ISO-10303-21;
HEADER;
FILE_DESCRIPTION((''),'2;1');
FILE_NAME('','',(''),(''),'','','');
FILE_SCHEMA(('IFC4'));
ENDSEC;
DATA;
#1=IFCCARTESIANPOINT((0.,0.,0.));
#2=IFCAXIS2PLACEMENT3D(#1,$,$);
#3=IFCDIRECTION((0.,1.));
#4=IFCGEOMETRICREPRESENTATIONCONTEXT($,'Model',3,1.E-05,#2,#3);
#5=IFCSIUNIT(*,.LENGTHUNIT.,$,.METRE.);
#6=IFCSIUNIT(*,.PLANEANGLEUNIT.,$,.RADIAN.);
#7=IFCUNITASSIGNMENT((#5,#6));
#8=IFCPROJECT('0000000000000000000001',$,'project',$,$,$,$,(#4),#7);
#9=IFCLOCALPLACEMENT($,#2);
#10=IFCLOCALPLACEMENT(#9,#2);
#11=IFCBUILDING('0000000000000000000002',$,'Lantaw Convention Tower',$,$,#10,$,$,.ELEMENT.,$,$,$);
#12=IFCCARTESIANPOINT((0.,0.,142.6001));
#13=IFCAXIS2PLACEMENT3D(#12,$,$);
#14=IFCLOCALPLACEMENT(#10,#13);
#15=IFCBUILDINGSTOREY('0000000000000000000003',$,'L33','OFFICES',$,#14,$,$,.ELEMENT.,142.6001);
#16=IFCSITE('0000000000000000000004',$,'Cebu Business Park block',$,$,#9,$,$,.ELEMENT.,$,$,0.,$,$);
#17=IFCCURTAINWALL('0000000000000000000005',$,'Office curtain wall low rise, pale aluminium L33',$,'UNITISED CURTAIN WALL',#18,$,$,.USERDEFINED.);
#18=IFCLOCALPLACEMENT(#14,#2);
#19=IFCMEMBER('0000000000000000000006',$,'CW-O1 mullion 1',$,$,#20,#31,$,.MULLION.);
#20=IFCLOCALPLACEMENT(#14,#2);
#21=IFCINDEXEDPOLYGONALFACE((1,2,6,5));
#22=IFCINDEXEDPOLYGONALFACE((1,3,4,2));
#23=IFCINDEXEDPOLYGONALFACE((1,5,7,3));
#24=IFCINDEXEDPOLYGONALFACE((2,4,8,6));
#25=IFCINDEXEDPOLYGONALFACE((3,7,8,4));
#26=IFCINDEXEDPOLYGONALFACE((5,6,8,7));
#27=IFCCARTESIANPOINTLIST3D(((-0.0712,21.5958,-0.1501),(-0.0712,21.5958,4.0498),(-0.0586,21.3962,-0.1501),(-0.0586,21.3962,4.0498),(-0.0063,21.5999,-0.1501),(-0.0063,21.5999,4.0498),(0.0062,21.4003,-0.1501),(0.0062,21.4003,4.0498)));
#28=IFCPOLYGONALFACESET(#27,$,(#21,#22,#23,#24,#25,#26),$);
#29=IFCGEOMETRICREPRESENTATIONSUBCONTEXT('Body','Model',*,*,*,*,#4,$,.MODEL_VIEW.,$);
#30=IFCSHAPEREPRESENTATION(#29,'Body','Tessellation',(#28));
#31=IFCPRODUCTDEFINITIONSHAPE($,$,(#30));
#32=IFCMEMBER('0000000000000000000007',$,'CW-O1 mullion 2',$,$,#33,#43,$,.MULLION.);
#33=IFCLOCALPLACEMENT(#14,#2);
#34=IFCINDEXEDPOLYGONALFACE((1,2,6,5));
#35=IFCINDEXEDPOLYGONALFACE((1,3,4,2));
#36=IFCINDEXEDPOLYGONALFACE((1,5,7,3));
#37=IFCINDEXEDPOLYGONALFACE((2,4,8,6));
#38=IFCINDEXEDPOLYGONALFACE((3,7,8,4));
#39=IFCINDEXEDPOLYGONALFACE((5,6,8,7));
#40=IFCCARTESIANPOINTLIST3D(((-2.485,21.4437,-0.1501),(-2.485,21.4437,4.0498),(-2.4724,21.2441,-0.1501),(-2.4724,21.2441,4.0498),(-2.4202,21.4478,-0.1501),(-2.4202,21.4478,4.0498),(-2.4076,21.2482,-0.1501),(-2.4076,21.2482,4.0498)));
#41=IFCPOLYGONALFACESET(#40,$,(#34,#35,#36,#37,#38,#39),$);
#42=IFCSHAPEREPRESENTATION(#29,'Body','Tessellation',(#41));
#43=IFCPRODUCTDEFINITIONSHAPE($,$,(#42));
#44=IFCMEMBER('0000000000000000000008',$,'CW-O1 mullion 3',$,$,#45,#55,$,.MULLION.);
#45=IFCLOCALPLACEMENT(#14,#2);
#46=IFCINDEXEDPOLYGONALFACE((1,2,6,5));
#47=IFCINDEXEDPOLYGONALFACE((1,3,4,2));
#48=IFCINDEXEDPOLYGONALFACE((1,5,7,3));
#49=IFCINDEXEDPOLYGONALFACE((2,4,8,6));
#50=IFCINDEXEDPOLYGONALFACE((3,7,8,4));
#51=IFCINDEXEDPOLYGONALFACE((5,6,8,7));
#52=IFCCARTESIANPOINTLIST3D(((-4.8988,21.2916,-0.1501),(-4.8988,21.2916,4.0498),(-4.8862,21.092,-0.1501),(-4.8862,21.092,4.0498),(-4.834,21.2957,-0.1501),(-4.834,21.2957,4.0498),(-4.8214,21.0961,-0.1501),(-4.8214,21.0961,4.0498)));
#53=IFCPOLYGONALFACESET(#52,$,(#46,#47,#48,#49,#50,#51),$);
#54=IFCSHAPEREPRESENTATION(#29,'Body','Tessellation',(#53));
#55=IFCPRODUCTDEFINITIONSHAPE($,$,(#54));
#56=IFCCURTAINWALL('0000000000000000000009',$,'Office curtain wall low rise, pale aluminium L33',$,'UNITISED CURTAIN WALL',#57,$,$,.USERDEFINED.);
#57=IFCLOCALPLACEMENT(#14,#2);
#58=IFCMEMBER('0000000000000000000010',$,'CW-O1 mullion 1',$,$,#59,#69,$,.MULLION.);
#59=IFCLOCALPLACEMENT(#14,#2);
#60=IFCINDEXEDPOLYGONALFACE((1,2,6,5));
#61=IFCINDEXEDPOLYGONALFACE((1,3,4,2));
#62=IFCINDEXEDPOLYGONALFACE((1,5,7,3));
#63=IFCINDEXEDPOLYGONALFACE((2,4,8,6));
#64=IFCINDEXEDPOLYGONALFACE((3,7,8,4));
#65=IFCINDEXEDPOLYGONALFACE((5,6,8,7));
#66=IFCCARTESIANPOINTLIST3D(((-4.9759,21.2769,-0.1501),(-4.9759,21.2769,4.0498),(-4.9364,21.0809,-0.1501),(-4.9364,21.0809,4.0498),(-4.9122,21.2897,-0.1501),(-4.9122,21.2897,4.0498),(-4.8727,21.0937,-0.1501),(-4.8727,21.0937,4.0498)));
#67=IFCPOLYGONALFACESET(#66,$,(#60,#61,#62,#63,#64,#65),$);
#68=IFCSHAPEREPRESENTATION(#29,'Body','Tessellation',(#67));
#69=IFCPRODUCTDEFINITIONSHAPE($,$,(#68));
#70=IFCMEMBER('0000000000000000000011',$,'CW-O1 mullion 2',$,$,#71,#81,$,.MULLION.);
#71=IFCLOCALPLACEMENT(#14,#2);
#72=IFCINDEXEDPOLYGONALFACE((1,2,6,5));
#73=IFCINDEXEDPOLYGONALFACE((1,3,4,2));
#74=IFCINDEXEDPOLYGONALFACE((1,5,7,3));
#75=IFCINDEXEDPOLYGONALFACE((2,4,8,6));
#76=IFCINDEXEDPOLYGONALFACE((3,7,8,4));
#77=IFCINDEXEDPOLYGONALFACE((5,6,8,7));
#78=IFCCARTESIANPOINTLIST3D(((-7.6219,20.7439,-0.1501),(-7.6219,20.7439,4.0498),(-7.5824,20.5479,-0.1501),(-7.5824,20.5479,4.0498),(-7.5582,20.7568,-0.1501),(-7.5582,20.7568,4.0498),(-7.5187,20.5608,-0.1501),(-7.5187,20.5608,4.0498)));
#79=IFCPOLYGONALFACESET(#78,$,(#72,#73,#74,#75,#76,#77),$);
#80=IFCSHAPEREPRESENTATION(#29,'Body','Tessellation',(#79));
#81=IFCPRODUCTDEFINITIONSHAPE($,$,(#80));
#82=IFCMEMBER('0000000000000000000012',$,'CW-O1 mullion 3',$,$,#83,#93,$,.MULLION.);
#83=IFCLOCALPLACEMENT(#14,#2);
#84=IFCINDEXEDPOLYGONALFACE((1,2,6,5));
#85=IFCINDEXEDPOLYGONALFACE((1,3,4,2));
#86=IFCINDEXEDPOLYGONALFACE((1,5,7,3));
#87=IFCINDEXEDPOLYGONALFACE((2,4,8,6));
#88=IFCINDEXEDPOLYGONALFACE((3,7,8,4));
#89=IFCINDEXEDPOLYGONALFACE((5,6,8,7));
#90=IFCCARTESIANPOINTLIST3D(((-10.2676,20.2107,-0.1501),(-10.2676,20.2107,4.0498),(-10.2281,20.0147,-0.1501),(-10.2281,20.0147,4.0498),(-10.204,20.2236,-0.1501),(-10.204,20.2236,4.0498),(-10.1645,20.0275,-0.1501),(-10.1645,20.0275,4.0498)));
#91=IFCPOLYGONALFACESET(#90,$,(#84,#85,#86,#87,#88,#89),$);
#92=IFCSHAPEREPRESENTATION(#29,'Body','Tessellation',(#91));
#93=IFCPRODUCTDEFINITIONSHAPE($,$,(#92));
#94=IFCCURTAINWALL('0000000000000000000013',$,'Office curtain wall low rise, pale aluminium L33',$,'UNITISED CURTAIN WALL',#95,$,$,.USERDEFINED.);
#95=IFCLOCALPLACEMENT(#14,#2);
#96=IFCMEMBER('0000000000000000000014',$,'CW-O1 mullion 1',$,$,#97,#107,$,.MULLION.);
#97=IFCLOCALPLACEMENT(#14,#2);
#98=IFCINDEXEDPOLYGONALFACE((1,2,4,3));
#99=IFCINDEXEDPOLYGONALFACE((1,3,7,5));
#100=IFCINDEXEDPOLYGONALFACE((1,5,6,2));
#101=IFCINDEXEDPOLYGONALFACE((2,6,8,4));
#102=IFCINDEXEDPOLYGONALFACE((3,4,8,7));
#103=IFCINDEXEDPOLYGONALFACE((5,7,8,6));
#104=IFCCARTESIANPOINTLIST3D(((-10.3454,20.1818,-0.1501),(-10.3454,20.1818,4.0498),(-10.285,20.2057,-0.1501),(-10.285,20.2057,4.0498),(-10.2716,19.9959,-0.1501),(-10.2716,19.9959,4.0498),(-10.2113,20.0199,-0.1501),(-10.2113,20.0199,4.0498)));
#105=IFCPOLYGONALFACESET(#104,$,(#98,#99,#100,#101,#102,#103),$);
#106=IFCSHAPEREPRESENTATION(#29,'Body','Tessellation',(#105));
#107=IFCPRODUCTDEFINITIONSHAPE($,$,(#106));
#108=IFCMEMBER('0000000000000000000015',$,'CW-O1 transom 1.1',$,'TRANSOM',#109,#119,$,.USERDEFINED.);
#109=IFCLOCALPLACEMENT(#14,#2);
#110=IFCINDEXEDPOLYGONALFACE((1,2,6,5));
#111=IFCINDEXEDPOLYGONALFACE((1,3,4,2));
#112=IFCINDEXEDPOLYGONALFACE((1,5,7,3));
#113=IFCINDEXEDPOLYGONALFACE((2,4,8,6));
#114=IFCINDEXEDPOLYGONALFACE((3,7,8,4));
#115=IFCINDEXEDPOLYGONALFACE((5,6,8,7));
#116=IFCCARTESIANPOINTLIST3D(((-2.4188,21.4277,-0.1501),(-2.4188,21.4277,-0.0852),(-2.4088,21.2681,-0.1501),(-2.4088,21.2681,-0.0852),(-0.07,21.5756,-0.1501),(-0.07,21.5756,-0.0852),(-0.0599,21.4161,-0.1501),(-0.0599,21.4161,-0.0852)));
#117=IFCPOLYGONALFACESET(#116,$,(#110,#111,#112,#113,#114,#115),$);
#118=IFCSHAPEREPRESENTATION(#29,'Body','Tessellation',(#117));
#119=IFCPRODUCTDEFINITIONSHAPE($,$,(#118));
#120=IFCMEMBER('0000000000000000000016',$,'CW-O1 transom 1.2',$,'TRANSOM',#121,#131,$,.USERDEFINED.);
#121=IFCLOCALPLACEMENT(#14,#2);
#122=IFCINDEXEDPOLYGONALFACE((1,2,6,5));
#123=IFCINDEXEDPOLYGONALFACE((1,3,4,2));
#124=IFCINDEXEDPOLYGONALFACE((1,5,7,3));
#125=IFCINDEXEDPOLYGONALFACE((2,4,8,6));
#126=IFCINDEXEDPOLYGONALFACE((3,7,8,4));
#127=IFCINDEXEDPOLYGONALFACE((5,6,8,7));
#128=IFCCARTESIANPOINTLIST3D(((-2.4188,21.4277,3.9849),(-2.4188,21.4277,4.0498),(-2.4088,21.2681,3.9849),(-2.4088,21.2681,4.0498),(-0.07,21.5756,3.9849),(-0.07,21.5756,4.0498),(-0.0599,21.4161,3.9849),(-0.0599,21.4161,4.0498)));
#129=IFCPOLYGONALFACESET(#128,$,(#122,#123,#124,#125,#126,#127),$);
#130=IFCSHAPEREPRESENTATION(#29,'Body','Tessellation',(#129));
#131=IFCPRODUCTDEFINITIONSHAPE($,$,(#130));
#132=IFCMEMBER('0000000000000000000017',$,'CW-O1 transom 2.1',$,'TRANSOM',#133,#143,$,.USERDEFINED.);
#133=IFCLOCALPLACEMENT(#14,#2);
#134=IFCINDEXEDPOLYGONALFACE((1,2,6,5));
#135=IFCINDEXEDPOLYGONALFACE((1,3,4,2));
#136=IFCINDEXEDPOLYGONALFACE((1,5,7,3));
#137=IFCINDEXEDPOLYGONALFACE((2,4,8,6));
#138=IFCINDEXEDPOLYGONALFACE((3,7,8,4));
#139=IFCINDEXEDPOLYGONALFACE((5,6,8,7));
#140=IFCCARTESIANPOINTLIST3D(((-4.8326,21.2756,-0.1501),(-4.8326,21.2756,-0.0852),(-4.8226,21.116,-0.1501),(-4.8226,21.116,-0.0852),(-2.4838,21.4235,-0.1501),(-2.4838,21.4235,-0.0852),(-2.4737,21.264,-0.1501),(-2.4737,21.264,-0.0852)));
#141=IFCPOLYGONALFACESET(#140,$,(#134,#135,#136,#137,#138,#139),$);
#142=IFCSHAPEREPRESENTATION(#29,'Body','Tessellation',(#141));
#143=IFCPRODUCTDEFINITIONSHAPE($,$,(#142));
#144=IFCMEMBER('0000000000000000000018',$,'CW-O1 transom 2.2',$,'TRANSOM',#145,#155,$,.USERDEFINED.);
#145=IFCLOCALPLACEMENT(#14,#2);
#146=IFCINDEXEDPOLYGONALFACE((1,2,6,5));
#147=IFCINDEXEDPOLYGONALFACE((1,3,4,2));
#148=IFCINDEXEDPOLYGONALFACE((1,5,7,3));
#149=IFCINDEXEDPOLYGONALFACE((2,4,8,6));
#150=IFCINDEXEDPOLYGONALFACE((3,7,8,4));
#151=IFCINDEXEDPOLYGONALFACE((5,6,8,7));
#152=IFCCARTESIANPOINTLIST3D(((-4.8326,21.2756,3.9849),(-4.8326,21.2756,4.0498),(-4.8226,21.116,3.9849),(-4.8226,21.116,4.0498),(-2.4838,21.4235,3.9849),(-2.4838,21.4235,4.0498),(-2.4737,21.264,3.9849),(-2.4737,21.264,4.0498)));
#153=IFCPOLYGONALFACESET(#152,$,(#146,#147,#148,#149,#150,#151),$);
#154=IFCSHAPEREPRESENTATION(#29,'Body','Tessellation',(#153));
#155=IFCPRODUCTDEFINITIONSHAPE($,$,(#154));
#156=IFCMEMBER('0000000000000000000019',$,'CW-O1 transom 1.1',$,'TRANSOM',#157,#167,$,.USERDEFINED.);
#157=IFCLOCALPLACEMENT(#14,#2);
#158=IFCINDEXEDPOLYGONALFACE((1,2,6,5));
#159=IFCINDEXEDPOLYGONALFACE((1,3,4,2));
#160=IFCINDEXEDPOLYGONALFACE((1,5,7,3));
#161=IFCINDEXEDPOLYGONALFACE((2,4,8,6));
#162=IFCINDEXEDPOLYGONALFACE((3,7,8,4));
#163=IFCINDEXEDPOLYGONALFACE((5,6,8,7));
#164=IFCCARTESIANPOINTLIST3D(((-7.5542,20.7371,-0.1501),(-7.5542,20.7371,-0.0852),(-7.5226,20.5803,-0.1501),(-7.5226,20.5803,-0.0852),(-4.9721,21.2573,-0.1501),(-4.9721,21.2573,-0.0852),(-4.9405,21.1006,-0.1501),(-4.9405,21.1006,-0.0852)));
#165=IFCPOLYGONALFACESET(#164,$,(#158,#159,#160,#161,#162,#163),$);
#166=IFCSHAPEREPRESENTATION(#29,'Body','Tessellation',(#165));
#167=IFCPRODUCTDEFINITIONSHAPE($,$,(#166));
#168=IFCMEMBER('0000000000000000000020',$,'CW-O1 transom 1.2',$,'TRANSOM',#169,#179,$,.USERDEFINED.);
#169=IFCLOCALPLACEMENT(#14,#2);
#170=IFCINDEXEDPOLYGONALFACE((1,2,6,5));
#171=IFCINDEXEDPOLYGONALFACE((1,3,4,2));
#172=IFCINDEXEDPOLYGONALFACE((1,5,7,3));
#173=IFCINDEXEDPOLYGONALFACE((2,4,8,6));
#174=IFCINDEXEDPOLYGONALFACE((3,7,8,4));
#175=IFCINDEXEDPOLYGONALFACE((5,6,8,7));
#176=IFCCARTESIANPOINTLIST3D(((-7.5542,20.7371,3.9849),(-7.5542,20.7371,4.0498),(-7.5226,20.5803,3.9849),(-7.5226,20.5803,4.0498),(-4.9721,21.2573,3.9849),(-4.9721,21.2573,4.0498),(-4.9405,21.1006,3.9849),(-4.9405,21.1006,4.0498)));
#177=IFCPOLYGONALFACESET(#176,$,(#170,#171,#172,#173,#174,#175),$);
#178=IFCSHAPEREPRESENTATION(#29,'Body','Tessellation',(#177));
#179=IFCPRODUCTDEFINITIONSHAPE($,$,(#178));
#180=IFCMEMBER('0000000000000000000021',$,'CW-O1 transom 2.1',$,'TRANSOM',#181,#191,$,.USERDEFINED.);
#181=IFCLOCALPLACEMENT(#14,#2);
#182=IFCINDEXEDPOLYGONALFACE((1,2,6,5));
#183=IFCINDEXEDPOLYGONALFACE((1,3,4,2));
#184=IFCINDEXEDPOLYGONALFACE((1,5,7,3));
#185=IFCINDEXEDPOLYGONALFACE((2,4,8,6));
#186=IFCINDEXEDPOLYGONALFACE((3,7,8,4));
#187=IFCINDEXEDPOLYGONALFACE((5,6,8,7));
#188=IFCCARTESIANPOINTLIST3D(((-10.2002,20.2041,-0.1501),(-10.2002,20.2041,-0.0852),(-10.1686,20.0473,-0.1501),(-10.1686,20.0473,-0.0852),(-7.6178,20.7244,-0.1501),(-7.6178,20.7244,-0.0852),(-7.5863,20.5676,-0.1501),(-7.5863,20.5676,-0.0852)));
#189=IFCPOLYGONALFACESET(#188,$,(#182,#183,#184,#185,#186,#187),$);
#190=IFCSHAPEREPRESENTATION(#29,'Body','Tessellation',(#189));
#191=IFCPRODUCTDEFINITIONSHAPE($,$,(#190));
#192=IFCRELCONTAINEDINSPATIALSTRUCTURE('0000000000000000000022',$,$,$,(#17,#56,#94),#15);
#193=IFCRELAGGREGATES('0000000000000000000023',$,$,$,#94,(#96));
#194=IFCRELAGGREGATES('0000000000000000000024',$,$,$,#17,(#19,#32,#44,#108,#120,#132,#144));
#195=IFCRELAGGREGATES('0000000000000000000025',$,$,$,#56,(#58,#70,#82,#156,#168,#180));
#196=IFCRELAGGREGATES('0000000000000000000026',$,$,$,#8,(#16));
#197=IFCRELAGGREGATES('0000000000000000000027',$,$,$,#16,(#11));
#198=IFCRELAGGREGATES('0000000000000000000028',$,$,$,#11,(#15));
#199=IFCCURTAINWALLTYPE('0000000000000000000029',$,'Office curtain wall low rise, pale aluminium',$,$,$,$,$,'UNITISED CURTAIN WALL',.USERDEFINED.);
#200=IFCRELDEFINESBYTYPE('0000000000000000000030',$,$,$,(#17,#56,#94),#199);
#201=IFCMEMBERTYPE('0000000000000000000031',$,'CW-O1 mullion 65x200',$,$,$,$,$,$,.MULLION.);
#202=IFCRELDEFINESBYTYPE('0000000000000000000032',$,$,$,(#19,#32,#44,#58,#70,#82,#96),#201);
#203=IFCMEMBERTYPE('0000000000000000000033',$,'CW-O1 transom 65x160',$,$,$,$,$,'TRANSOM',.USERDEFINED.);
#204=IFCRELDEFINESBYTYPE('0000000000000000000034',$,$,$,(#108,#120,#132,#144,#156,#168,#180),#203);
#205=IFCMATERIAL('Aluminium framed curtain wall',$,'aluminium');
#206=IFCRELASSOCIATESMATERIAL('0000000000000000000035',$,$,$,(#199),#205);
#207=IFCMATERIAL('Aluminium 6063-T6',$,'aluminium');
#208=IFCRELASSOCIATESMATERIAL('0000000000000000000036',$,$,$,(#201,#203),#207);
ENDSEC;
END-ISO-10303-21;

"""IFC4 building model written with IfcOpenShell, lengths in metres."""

from ifc_helpers import new_model, si_unit, direction, frame, origin, origin_2d, place, context, subcontext, project, spatial, rectangle, extrude, material, material_profile, profile_set, type_object, element, aggregate, save


model = new_model("IFC4")

# Units and contexts
model_context = context("Model", 3, precision=1e-05, world=origin(), true_north=direction((0.0, 1.0)))
body_context = subcontext(model_context, "Body", "Model", "MODEL_VIEW")
ifc_project = project(units=[si_unit("LENGTHUNIT", "METRE"), si_unit("PLANEANGLEUNIT", "RADIAN")], contexts=[model_context])

# Site, building, storey
site_placement = place(None, origin())
site = spatial("IfcSite", under=ifc_project, at=site_placement, Name="Cebu Business Park block", CompositionType="ELEMENT", RefElevation=0.0)
building_placement = place(site_placement, origin())
building = spatial("IfcBuilding", under=site, at=building_placement, Name="Lantaw Convention Tower", CompositionType="ELEMENT")
storey_placement = place(building_placement, frame((0.0, 0.0, 142.6001)))
storey = spatial("IfcBuildingStorey", under=building, at=storey_placement, Name="L33", Description="OFFICES", CompositionType="ELEMENT", Elevation=142.6001)

# Curtain walls, members
ifc_material_1 = material(Name="Aluminium framed curtain wall", Category="aluminium")
curtain_wall_type = type_object("IfcCurtainWallType", Name="Office curtain wall low rise, pale aluminium", ElementType="UNITISED CURTAIN WALL", PredefinedType="USERDEFINED", material=ifc_material_1)
curtain_wall_1_placement = place(storey_placement, origin())
curtain_wall_1 = element("IfcCurtainWall", 1, at=curtain_wall_1_placement, inside=storey, type_object=curtain_wall_type, Name="Office curtain wall low rise, pale aluminium L33", ObjectType="UNITISED CURTAIN WALL", PredefinedType="USERDEFINED")
ifc_material_2 = material(Name="Aluminium 6063-T6", Category="aluminium")
ifc_material_profile_1 = material_profile(ifc_material_2, rectangle(XDim=0.2, YDim=0.0649, at=origin_2d()), Name="CW-O1 mullion 65x200")
ifc_profile_set_1 = profile_set([ifc_material_profile_1], Name="Aluminium 6063-T6")
member_type_1 = type_object("IfcMemberType", Name="CW-O1 mullion 65x200", PredefinedType="MULLION", material=ifc_profile_set_1)
member_1_placement = place(storey_placement, frame((-0.0325, 21.498, -0.1501), z_axis=(0.0, 0.0, 1.0), x_axis=(0.062865, -0.998022, 0.0)))
member_1 = element("IfcMember", 2, at=member_1_placement, type_object=member_type_1, Name="CW-O1 mullion 1", PredefinedType="MULLION", context=body_context, shape_type="SweptSolid", body=[
    extrude(rectangle(XDim=0.2, YDim=0.0649, at=origin_2d()), origin(), (0.0, 0.0, 1.0), 4.2),
])
member_2_placement = place(storey_placement, frame((-2.4463, 21.3459, -0.1501), z_axis=(0.0, 0.0, 1.0), x_axis=(0.062865, -0.998022, 0.0)))
member_2 = element("IfcMember", 3, at=member_2_placement, type_object=member_type_1, Name="CW-O1 mullion 2", PredefinedType="MULLION", context=body_context, shape_type="SweptSolid", body=[
    extrude(rectangle(XDim=0.2, YDim=0.0649, at=origin_2d()), origin(), (0.0, 0.0, 1.0), 4.2),
])
member_3_placement = place(storey_placement, frame((-4.8601, 21.1938, -0.1501), z_axis=(0.0, 0.0, 1.0), x_axis=(0.062865, -0.998022, 0.0)))
member_3 = element("IfcMember", 4, at=member_3_placement, type_object=member_type_1, Name="CW-O1 mullion 3", PredefinedType="MULLION", context=body_context, shape_type="SweptSolid", body=[
    extrude(rectangle(XDim=0.2, YDim=0.0649, at=origin_2d()), origin(), (0.0, 0.0, 1.0), 4.2),
])
curtain_wall_2_placement = place(storey_placement, origin())
curtain_wall_2 = element("IfcCurtainWall", 5, at=curtain_wall_2_placement, inside=storey, type_object=curtain_wall_type, Name="Office curtain wall low rise, pale aluminium L33", ObjectType="UNITISED CURTAIN WALL", PredefinedType="USERDEFINED")
member_4_placement = place(storey_placement, frame((-4.9243, 21.1853, -0.1501), z_axis=(0.0, 0.0, 1.0), x_axis=(0.197507, -0.980302, 0.0)))
member_4 = element("IfcMember", 6, at=member_4_placement, type_object=member_type_1, Name="CW-O1 mullion 1", PredefinedType="MULLION", context=body_context, shape_type="SweptSolid", body=[
    extrude(rectangle(XDim=0.2, YDim=0.0649, at=origin_2d()), origin(), (0.0, 0.0, 1.0), 4.2),
])
member_5_placement = place(storey_placement, frame((-7.5703, 20.6523, -0.1501), z_axis=(0.0, 0.0, 1.0), x_axis=(0.197507, -0.980302, 0.0)))
member_5 = element("IfcMember", 7, at=member_5_placement, type_object=member_type_1, Name="CW-O1 mullion 2", PredefinedType="MULLION", context=body_context, shape_type="SweptSolid", body=[
    extrude(rectangle(XDim=0.2, YDim=0.0649, at=origin_2d()), origin(), (0.0, 0.0, 1.0), 4.2),
])
member_6_placement = place(storey_placement, frame((-10.2161, 20.1191, -0.1501), z_axis=(0.0, 0.0, 1.0), x_axis=(0.197507, -0.980302, 0.0)))
member_6 = element("IfcMember", 8, at=member_6_placement, type_object=member_type_1, Name="CW-O1 mullion 3", PredefinedType="MULLION", context=body_context, shape_type="SweptSolid", body=[
    extrude(rectangle(XDim=0.2, YDim=0.0649, at=origin_2d()), origin(), (0.0, 0.0, 1.0), 4.2),
])

# Curtain wall, member
curtain_wall_3_placement = place(storey_placement, origin())
curtain_wall_3 = element("IfcCurtainWall", 9, at=curtain_wall_3_placement, inside=storey, type_object=curtain_wall_type, Name="Office curtain wall low rise, pale aluminium L33", ObjectType="UNITISED CURTAIN WALL", PredefinedType="USERDEFINED")
member_7_placement = place(storey_placement, frame((-10.2783, 20.1008, -0.1501), z_axis=(0.0, 0.0, 1.0), x_axis=(0.368702, -0.929548, 0.0)))
member_7 = element("IfcMember", 10, at=member_7_placement, type_object=member_type_1, Name="CW-O1 mullion 1", PredefinedType="MULLION", context=body_context, shape_type="SweptSolid", body=[
    extrude(rectangle(XDim=0.2, YDim=0.0649, at=origin_2d()), origin(), (0.0, 0.0, 1.0), 4.2),
])

# Members
ifc_material_profile_2 = material_profile(ifc_material_2, rectangle(XDim=0.1599, YDim=0.0649, at=origin_2d()), Name="CW-O1 transom 65x160")
ifc_profile_set_2 = profile_set([ifc_material_profile_2], Name="Aluminium 6063-T6")
member_type_2 = type_object("IfcMemberType", Name="CW-O1 transom 65x160", ElementType="TRANSOM", PredefinedType="USERDEFINED", material=ifc_profile_set_2)
member_8_placement = place(storey_placement, frame((-0.0649, 21.4958, -0.1177), z_axis=(-0.998022, -0.062863, 0.0), x_axis=(0.062863, -0.998022, 0.0)))
member_8 = element("IfcMember", 11, at=member_8_placement, type_object=member_type_2, Name="CW-O1 transom 1.1", ObjectType="TRANSOM", PredefinedType="USERDEFINED", context=body_context, shape_type="SweptSolid", body=[
    extrude(rectangle(XDim=0.1599, YDim=0.0649, at=origin_2d()), origin(), (0.0, 0.0, 1.0), 2.3535),
])
member_9_placement = place(storey_placement, frame((-0.0649, 21.4958, 4.0173), z_axis=(-0.998022, -0.062863, 0.0), x_axis=(0.062863, -0.998022, 0.0)))
member_9 = element("IfcMember", 12, at=member_9_placement, type_object=member_type_2, Name="CW-O1 transom 1.2", ObjectType="TRANSOM", PredefinedType="USERDEFINED", context=body_context, shape_type="SweptSolid", body=[
    extrude(rectangle(XDim=0.1599, YDim=0.0649, at=origin_2d()), origin(), (0.0, 0.0, 1.0), 2.3535),
])
member_10_placement = place(storey_placement, frame((-2.4788, 21.3438, -0.1177), z_axis=(-0.998022, -0.062863, 0.0), x_axis=(0.062863, -0.998022, 0.0)))
member_10 = element("IfcMember", 13, at=member_10_placement, type_object=member_type_2, Name="CW-O1 transom 2.1", ObjectType="TRANSOM", PredefinedType="USERDEFINED", context=body_context, shape_type="SweptSolid", body=[
    extrude(rectangle(XDim=0.1599, YDim=0.0649, at=origin_2d()), origin(), (0.0, 0.0, 1.0), 2.3535),
])
member_11_placement = place(storey_placement, frame((-2.4788, 21.3438, 4.0173), z_axis=(-0.998022, -0.062863, 0.0), x_axis=(0.062863, -0.998022, 0.0)))
member_11 = element("IfcMember", 14, at=member_11_placement, type_object=member_type_2, Name="CW-O1 transom 2.2", ObjectType="TRANSOM", PredefinedType="USERDEFINED", context=body_context, shape_type="SweptSolid", body=[
    extrude(rectangle(XDim=0.1599, YDim=0.0649, at=origin_2d()), origin(), (0.0, 0.0, 1.0), 2.3535),
])
member_12_placement = place(storey_placement, frame((-4.9563, 21.179, -0.1177), z_axis=(-0.980298, -0.197524, 0.0), x_axis=(0.197524, -0.980298, 0.0)))
member_12 = element("IfcMember", 15, at=member_12_placement, type_object=member_type_2, Name="CW-O1 transom 1.1", ObjectType="TRANSOM", PredefinedType="USERDEFINED", context=body_context, shape_type="SweptSolid", body=[
    extrude(rectangle(XDim=0.1599, YDim=0.0649, at=origin_2d()), origin(), (0.0, 0.0, 1.0), 2.634),
])
member_13_placement = place(storey_placement, frame((-4.9563, 21.179, 4.0173), z_axis=(-0.980298, -0.197524, 0.0), x_axis=(0.197524, -0.980298, 0.0)))
member_13 = element("IfcMember", 16, at=member_13_placement, type_object=member_type_2, Name="CW-O1 transom 1.2", ObjectType="TRANSOM", PredefinedType="USERDEFINED", context=body_context, shape_type="SweptSolid", body=[
    extrude(rectangle(XDim=0.1599, YDim=0.0649, at=origin_2d()), origin(), (0.0, 0.0, 1.0), 2.634),
])
member_14_placement = place(storey_placement, frame((-7.6021, 20.646, -0.1177), z_axis=(-0.980302, -0.197506, 0.0), x_axis=(0.197506, -0.980302, 0.0)))
member_14 = element("IfcMember", 17, at=member_14_placement, type_object=member_type_2, Name="CW-O1 transom 2.1", ObjectType="TRANSOM", PredefinedType="USERDEFINED", context=body_context, shape_type="SweptSolid", body=[
    extrude(rectangle(XDim=0.1599, YDim=0.0649, at=origin_2d()), origin(), (0.0, 0.0, 1.0), 2.6343),
])
aggregate(curtain_wall_3, [member_7])

aggregate(curtain_wall_1, [member_1, member_2, member_3, member_8, member_9, member_10, member_11])
aggregate(curtain_wall_2, [member_4, member_5, member_6, member_12, member_13, member_14])

save(model, "model.ifc")
